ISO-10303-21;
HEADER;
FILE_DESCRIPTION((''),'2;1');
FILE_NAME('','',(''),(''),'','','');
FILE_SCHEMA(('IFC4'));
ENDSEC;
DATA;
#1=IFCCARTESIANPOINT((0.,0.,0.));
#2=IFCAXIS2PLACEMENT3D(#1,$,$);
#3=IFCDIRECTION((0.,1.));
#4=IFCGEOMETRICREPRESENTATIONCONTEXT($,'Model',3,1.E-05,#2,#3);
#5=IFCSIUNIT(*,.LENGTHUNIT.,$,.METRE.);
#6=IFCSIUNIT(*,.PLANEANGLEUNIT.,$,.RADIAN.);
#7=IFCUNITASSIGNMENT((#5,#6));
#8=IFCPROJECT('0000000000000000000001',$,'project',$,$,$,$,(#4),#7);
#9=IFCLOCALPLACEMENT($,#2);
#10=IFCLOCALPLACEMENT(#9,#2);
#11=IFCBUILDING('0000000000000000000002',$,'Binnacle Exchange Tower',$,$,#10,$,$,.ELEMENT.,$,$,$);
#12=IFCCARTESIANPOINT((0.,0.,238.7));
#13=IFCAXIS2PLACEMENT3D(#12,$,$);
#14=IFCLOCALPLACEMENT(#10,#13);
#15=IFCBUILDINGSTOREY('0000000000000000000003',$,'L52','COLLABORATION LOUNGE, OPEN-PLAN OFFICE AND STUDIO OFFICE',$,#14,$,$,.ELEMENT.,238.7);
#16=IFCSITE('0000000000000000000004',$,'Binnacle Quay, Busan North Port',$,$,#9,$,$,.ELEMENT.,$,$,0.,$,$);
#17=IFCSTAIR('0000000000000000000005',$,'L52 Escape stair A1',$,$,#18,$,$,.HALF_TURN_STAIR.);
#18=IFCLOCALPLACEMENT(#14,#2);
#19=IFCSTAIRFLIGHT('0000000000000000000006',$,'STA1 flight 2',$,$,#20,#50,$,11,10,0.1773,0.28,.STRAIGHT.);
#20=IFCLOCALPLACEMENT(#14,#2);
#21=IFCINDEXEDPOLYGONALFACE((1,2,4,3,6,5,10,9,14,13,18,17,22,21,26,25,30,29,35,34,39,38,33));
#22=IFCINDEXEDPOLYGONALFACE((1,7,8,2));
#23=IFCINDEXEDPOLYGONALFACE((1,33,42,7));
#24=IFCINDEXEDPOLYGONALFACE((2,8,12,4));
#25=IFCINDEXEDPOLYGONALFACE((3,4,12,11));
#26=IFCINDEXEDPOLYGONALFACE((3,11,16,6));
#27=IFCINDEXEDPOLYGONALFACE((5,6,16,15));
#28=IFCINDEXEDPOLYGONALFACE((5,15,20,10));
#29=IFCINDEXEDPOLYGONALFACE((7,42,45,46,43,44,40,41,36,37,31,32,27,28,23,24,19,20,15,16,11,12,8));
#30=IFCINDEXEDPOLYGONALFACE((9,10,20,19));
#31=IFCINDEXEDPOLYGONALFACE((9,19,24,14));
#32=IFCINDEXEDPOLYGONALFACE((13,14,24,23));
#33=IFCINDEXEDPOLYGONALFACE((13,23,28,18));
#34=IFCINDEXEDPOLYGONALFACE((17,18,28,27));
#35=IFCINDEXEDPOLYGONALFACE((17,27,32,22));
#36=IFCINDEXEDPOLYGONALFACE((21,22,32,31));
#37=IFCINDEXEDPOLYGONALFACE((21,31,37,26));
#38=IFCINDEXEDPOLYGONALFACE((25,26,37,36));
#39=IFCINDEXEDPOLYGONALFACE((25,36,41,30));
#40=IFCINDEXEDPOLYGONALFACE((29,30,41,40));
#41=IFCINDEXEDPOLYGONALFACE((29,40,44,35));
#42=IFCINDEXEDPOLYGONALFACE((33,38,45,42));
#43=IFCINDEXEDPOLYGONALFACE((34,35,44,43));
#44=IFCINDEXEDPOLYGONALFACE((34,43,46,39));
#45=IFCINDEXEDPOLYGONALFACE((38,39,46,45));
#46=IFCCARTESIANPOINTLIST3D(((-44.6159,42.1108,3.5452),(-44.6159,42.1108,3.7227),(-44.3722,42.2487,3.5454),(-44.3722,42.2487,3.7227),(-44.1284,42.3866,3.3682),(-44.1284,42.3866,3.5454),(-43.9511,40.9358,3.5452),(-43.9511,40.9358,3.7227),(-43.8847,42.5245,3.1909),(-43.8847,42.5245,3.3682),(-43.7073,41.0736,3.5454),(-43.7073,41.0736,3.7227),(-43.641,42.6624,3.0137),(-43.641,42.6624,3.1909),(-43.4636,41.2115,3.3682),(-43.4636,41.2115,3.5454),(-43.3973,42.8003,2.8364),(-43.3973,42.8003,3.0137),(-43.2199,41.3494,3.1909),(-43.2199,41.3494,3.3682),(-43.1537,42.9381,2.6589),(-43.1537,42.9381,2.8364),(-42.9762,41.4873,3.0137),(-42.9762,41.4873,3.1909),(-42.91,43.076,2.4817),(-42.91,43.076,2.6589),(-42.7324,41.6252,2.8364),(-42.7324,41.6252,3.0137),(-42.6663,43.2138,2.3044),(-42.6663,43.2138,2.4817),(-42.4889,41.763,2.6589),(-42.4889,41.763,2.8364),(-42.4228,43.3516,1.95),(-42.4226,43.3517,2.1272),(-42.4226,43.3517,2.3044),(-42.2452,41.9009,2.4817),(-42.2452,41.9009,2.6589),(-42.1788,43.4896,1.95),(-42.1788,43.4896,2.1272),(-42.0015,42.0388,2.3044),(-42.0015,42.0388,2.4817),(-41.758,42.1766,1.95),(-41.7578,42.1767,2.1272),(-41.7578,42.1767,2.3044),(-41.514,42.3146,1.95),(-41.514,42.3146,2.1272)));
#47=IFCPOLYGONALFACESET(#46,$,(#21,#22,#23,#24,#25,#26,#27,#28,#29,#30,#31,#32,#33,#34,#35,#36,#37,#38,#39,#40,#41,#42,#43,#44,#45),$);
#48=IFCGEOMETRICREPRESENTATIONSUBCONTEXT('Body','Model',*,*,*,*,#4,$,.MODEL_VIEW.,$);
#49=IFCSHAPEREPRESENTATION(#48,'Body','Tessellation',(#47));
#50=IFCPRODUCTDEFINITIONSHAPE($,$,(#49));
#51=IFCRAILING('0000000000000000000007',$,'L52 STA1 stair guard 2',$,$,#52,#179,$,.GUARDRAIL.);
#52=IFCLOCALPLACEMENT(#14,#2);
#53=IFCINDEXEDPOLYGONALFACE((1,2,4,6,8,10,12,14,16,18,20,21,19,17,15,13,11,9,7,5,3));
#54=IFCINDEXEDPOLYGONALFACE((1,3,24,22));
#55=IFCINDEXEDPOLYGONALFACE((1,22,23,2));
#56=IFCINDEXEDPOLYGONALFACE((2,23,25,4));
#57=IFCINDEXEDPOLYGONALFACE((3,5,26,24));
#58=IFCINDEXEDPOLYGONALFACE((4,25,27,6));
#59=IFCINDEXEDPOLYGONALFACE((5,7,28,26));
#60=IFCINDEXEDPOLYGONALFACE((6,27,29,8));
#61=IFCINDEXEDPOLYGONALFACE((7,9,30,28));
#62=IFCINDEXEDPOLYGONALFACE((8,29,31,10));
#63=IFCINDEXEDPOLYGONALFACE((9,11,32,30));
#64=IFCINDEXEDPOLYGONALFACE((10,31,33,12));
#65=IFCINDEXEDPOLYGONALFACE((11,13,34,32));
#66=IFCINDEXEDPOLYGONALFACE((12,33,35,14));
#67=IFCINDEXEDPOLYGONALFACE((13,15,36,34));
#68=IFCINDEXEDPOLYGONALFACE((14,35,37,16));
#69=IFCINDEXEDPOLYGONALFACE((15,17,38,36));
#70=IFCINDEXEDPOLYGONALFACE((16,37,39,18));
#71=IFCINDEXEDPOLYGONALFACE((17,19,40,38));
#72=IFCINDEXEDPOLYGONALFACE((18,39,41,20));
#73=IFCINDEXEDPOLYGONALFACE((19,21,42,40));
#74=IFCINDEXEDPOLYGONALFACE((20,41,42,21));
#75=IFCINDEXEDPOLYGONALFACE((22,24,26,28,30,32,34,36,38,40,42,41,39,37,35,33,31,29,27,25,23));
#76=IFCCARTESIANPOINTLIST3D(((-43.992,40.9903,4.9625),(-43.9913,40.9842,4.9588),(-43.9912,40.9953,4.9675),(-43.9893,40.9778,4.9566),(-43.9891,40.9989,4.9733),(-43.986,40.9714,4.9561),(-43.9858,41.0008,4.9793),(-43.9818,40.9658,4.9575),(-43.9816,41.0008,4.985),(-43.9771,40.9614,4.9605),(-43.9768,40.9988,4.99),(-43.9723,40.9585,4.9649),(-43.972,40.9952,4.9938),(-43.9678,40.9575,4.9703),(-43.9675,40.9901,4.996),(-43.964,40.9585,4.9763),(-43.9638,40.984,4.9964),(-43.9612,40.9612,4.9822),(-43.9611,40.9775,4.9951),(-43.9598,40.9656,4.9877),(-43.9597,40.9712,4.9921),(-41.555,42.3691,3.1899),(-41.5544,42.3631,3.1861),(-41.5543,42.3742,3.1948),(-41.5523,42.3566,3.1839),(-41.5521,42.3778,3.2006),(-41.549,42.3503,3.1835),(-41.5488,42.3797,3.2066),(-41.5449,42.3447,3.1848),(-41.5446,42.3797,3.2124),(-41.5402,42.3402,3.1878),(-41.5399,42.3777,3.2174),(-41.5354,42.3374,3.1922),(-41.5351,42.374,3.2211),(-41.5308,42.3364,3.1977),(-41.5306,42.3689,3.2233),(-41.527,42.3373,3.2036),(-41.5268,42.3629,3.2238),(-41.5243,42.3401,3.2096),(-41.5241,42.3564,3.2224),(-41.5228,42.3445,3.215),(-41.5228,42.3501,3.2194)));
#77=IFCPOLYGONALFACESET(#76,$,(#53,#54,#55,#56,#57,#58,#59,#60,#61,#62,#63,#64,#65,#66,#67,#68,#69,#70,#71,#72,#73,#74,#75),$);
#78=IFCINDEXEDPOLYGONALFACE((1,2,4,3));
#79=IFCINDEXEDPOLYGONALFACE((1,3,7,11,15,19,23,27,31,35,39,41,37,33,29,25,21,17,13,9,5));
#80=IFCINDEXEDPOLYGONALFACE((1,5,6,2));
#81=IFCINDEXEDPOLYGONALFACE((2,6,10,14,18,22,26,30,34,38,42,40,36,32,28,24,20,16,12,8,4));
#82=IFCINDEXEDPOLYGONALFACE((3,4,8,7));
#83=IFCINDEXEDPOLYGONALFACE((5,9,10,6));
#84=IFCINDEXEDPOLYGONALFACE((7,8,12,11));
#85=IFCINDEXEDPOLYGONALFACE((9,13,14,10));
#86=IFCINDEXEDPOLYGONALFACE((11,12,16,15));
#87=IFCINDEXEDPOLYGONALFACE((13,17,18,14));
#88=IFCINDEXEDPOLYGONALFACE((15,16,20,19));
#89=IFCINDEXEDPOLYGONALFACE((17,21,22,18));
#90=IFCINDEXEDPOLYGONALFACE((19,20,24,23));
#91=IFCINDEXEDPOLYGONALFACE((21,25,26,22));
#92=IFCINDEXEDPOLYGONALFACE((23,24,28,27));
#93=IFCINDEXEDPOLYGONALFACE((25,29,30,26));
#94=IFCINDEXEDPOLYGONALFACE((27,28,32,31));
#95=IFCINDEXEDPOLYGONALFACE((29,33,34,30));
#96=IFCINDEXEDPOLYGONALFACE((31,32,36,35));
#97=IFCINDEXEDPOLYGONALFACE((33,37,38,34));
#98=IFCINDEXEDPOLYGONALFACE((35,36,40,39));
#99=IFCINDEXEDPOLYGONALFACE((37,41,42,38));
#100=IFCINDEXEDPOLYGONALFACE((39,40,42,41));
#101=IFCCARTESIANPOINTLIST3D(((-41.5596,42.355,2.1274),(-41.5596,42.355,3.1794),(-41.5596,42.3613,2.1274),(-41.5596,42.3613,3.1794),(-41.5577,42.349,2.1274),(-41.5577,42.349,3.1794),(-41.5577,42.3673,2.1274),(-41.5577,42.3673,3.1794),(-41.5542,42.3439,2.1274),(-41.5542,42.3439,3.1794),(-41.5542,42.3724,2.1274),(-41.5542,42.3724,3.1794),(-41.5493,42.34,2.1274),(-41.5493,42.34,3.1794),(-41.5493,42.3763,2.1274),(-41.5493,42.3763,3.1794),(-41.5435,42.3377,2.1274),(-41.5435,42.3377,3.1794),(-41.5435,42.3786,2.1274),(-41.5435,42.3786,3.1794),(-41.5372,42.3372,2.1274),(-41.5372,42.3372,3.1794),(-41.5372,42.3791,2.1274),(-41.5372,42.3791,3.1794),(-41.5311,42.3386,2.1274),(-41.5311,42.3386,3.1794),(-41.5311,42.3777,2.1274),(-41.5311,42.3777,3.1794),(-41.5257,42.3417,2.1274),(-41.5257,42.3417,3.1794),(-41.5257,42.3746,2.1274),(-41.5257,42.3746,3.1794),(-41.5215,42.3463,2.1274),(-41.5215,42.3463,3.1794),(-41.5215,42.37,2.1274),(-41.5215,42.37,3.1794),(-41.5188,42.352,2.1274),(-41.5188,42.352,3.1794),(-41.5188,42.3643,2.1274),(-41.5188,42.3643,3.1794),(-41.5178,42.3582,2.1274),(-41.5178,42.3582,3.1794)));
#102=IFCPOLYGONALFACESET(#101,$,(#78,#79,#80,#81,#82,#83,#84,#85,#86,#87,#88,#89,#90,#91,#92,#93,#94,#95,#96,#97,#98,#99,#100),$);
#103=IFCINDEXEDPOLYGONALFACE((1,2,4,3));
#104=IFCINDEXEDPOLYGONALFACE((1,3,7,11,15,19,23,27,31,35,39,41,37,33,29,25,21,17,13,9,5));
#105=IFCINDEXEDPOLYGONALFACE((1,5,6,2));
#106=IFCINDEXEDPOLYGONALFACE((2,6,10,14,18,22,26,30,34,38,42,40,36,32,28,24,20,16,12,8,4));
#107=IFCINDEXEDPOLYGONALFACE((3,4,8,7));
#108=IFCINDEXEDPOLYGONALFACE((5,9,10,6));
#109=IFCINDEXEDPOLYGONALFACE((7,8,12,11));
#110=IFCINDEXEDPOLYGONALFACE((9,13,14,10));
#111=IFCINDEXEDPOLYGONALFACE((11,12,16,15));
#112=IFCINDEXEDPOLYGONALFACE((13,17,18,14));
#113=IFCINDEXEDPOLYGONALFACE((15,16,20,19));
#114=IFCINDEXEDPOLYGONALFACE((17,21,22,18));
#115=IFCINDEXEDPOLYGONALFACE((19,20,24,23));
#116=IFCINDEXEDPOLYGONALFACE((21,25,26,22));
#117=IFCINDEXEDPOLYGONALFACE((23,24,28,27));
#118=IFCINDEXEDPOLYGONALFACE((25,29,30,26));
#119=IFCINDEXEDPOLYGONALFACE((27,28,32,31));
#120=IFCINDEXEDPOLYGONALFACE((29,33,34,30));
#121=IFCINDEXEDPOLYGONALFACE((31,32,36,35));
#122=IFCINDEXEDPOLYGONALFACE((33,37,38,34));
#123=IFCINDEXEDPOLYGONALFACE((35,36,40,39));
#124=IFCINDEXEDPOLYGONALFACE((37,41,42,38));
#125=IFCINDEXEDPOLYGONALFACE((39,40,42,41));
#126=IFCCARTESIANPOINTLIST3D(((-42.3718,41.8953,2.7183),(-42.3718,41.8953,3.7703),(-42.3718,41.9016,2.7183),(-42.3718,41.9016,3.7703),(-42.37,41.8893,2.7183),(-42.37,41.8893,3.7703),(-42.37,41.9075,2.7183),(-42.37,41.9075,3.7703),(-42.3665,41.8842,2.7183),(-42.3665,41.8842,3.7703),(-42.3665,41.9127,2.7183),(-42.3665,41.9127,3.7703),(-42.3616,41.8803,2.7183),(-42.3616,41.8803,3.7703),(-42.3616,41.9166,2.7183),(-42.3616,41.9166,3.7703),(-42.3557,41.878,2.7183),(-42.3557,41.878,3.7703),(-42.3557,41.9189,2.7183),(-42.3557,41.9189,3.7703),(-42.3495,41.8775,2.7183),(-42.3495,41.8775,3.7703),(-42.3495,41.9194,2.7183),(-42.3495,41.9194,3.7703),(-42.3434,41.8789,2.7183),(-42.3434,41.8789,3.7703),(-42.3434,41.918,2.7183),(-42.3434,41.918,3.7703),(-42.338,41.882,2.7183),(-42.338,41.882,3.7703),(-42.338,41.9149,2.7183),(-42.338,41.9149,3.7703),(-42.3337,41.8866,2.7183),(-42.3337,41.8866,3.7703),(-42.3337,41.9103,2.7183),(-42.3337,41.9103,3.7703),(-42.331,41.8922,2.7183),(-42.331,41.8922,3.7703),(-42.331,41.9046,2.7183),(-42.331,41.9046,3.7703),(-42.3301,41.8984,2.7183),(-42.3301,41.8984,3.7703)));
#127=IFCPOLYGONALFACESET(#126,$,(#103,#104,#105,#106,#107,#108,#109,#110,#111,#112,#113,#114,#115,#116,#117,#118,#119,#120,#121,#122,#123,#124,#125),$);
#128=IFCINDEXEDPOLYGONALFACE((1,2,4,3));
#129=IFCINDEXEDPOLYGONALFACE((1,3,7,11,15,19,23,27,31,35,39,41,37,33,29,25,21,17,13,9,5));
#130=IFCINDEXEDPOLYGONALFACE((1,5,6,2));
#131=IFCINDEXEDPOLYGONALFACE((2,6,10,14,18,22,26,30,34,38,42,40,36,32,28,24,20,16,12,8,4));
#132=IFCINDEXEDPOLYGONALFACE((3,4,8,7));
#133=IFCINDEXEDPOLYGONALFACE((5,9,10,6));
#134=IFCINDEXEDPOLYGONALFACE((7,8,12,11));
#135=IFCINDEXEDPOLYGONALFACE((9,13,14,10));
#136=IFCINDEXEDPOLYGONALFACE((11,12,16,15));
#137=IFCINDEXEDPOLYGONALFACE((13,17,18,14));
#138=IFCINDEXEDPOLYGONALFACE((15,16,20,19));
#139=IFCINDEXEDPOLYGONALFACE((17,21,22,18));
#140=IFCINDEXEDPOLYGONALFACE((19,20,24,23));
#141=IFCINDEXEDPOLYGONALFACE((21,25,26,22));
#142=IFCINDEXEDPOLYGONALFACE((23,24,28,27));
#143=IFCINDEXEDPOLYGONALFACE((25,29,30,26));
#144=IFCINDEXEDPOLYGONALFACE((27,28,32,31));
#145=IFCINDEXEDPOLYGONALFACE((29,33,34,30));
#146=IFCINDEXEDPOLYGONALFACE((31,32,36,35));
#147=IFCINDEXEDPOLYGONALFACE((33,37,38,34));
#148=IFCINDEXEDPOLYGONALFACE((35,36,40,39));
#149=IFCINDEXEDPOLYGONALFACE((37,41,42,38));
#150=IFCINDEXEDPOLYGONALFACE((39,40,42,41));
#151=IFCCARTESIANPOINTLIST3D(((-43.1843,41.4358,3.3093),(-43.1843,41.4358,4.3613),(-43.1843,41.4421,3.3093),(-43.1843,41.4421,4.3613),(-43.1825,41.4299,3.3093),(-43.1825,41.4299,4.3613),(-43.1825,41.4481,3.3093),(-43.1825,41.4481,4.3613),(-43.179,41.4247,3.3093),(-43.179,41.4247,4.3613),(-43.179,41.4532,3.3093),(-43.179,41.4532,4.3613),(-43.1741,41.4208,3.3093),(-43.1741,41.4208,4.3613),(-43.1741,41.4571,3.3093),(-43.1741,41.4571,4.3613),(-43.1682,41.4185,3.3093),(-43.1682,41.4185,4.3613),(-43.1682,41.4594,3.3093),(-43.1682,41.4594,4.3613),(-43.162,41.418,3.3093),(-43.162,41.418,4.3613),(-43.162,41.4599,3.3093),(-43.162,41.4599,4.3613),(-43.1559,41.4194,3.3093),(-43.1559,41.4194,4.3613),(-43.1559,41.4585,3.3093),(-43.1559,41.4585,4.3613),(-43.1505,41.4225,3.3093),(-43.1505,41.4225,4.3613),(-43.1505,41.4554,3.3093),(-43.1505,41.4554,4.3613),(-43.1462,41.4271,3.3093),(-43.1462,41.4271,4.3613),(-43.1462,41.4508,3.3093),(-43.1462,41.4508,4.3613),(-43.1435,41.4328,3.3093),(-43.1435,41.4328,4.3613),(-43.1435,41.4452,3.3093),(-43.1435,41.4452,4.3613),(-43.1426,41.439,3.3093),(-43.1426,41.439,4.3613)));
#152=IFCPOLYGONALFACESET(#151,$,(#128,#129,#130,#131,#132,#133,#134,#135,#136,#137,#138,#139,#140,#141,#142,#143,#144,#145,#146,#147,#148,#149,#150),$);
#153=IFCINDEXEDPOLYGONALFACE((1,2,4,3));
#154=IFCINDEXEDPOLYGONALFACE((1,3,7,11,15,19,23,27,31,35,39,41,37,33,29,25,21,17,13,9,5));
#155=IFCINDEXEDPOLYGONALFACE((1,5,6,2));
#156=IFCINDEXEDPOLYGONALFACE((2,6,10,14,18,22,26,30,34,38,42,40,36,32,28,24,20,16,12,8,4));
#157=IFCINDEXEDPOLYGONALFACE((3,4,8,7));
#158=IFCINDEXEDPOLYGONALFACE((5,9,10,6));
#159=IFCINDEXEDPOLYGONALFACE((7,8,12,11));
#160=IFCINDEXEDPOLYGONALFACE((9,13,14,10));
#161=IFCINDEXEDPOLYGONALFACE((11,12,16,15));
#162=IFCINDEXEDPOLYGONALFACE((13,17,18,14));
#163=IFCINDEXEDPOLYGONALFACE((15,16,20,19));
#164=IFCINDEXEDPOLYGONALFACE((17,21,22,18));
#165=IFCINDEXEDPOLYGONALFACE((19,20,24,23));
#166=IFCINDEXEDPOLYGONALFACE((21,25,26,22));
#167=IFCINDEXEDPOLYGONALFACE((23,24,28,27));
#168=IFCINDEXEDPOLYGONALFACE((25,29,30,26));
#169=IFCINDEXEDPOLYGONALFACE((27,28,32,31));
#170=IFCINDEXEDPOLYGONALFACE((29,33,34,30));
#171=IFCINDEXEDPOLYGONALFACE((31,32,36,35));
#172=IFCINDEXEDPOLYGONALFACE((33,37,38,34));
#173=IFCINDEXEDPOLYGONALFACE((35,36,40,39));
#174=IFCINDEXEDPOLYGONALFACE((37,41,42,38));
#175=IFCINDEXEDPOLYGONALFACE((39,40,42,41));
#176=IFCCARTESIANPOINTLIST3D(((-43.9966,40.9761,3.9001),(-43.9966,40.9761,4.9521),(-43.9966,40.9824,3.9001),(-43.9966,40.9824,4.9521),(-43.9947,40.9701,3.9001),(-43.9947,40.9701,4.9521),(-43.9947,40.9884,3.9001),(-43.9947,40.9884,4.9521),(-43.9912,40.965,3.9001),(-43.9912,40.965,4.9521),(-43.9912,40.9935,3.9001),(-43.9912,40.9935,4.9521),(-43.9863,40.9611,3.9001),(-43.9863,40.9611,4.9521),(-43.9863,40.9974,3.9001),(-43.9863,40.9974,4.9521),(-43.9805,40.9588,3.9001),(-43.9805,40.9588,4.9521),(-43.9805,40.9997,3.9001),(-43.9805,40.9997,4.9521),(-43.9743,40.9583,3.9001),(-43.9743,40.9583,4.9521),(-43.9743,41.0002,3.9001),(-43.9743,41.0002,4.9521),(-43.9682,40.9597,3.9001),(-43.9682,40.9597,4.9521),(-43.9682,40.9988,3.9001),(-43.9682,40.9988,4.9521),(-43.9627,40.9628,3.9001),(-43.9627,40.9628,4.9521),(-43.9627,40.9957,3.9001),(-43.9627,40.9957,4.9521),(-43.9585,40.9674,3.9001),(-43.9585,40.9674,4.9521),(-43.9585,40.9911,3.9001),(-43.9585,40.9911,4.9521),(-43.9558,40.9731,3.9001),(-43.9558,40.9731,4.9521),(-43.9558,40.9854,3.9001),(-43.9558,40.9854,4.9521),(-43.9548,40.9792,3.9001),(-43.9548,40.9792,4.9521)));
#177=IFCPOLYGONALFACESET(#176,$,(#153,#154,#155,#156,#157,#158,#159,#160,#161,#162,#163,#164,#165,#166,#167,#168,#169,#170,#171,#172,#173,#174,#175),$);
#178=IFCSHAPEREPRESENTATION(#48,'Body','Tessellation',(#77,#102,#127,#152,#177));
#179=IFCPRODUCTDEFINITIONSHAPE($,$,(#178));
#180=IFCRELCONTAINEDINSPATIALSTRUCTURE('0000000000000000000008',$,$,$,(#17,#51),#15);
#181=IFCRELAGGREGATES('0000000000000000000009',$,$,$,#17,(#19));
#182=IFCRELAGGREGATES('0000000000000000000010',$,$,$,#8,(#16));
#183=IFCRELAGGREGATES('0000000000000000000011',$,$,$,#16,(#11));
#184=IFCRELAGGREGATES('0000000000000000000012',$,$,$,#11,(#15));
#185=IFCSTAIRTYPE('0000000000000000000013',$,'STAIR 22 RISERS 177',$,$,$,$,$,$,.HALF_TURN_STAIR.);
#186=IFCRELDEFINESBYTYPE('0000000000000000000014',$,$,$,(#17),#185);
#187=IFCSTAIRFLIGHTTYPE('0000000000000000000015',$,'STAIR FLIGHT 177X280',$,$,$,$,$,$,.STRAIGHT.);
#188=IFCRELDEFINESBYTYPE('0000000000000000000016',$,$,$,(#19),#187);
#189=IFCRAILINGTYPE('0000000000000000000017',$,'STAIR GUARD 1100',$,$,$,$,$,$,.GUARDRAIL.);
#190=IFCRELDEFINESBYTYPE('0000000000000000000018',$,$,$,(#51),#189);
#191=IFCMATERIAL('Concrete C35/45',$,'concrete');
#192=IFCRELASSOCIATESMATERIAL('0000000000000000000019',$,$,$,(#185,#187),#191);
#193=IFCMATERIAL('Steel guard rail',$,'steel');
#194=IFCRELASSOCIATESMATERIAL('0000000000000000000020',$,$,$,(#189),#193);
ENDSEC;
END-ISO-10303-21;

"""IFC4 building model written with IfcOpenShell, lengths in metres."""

from ifc_helpers import new_model, si_unit, direction, frame, origin, origin_2d, place, context, subcontext, project, spatial, polyline, circle, outline, extrude, material, type_object, element, aggregate, save


model = new_model("IFC4")

# Units and contexts
model_context = context("Model", 3, precision=1e-05, world=origin(), true_north=direction((0.0, 1.0)))
body_context = subcontext(model_context, "Body", "Model", "MODEL_VIEW")
ifc_project = project(units=[si_unit("LENGTHUNIT", "METRE"), si_unit("PLANEANGLEUNIT", "RADIAN")], contexts=[model_context])

# Site, building, storey
site_placement = place(None, origin())
site = spatial("IfcSite", under=ifc_project, at=site_placement, Name="Binnacle Quay, Busan North Port", CompositionType="ELEMENT", RefElevation=0.0)
building_placement = place(site_placement, origin())
building = spatial("IfcBuilding", under=site, at=building_placement, Name="Binnacle Exchange Tower", CompositionType="ELEMENT")
storey_placement = place(building_placement, frame((0.0, 0.0, 238.7)))
storey = spatial("IfcBuildingStorey", under=building, at=storey_placement, Name="L52", Description="COLLABORATION LOUNGE, OPEN-PLAN OFFICE AND STUDIO OFFICE", CompositionType="ELEMENT", Elevation=238.7)

# Stair, stair flight
ifc_material_1 = material(Name="Concrete C35/45", Category="concrete")
stair_type = type_object("IfcStairType", Name="STAIR 22 RISERS 177", PredefinedType="HALF_TURN_STAIR", material=ifc_material_1)
stair_placement = place(storey_placement, origin())
stair = element("IfcStair", 1, at=stair_placement, inside=storey, type_object=stair_type, Name="L52 Escape stair A1", PredefinedType="HALF_TURN_STAIR")
stair_flight_type = type_object("IfcStairFlightType", Name="STAIR FLIGHT 177X280", PredefinedType="STRAIGHT", material=ifc_material_1)
stair_flight_placement = place(storey_placement, frame((-41.8464, 42.9021, 1.95), z_axis=(0.0, 0.0, 1.0), x_axis=(-0.870356, -0.492424, 0.0)))
stair_flight = element("IfcStairFlight", 2, at=stair_flight_placement, type_object=stair_flight_type, Name="STA1 flight 2", NumberOfRisers=11, NumberOfTreads=10, PredefinedType="STRAIGHT", RiserHeight=0.1773, TreadLength=0.28, context=body_context, shape_type="SweptSolid", body=[
    extrude(outline(polyline([(0.0, 0.0), (0.0, 0.1772), (0.28, 0.1772), (0.28, 0.3545), (0.5601, 0.3545), (0.5601, 0.5317), (0.8401, 0.5317), (0.8401, 0.709), (1.1201, 0.709), (1.1201, 0.8865), (1.3999, 0.8865), (1.3999, 1.0637), (1.6799, 1.0637), (1.6799, 1.241), (1.96, 1.241), (1.96, 1.4182), (2.24, 1.4182), (2.24, 1.5955), (2.52, 1.5955), (2.52, 1.7727), (2.8, 1.7727), (2.8, 1.95), (2.8, 1.5952), (0.2803, 0.0), (0.0, 0.0)])), frame((0.0, 0.675, 0.0), z_axis=(0.0, -1.0, 0.0), x_axis=(1.0, 0.0, 0.0)), (0.0, 0.0, 1.0), 1.3501),
])
aggregate(stair, [stair_flight])

# Railing
ifc_material_2 = material(Name="Steel guard rail", Category="steel")
railing_type = type_object("IfcRailingType", Name="STAIR GUARD 1100", PredefinedType="GUARDRAIL", material=ifc_material_2)
railing_1_placement = place(storey_placement, frame((-41.5388, 42.3582, 2.1274)))
element("IfcRailing", 3, at=railing_1_placement, inside=storey, type_object=railing_type, Name="L52 STA1 stair guard 2", PredefinedType="GUARDRAIL", context=body_context, shape_type="SweptSolid", body=[
    extrude(circle(Radius=0.0239, at=origin_2d()), frame((0.0, 0.0, 1.0762), z_axis=(-0.735359, -0.41608, 0.534907), x_axis=(0.492454, -0.870339, 0.0)), (0.0, 0.0, 1.0), 3.314),
    extrude(circle(Radius=0.021, at=origin_2d()), origin(), (0.0, 0.0, 1.0), 1.052),
    extrude(circle(Radius=0.021, at=origin_2d()), frame((-0.8123, -0.4597, 0.5908)), (0.0, 0.0, 1.0), 1.052),
    extrude(circle(Radius=0.021, at=origin_2d()), frame((-1.6248, -0.9192, 1.1819)), (0.0, 0.0, 1.0), 1.052),
    extrude(circle(Radius=0.021, at=origin_2d()), frame((-2.437, -1.3789, 1.7727)), (0.0, 0.0, 1.0), 1.052),
])

save(model, "model.ifc")
